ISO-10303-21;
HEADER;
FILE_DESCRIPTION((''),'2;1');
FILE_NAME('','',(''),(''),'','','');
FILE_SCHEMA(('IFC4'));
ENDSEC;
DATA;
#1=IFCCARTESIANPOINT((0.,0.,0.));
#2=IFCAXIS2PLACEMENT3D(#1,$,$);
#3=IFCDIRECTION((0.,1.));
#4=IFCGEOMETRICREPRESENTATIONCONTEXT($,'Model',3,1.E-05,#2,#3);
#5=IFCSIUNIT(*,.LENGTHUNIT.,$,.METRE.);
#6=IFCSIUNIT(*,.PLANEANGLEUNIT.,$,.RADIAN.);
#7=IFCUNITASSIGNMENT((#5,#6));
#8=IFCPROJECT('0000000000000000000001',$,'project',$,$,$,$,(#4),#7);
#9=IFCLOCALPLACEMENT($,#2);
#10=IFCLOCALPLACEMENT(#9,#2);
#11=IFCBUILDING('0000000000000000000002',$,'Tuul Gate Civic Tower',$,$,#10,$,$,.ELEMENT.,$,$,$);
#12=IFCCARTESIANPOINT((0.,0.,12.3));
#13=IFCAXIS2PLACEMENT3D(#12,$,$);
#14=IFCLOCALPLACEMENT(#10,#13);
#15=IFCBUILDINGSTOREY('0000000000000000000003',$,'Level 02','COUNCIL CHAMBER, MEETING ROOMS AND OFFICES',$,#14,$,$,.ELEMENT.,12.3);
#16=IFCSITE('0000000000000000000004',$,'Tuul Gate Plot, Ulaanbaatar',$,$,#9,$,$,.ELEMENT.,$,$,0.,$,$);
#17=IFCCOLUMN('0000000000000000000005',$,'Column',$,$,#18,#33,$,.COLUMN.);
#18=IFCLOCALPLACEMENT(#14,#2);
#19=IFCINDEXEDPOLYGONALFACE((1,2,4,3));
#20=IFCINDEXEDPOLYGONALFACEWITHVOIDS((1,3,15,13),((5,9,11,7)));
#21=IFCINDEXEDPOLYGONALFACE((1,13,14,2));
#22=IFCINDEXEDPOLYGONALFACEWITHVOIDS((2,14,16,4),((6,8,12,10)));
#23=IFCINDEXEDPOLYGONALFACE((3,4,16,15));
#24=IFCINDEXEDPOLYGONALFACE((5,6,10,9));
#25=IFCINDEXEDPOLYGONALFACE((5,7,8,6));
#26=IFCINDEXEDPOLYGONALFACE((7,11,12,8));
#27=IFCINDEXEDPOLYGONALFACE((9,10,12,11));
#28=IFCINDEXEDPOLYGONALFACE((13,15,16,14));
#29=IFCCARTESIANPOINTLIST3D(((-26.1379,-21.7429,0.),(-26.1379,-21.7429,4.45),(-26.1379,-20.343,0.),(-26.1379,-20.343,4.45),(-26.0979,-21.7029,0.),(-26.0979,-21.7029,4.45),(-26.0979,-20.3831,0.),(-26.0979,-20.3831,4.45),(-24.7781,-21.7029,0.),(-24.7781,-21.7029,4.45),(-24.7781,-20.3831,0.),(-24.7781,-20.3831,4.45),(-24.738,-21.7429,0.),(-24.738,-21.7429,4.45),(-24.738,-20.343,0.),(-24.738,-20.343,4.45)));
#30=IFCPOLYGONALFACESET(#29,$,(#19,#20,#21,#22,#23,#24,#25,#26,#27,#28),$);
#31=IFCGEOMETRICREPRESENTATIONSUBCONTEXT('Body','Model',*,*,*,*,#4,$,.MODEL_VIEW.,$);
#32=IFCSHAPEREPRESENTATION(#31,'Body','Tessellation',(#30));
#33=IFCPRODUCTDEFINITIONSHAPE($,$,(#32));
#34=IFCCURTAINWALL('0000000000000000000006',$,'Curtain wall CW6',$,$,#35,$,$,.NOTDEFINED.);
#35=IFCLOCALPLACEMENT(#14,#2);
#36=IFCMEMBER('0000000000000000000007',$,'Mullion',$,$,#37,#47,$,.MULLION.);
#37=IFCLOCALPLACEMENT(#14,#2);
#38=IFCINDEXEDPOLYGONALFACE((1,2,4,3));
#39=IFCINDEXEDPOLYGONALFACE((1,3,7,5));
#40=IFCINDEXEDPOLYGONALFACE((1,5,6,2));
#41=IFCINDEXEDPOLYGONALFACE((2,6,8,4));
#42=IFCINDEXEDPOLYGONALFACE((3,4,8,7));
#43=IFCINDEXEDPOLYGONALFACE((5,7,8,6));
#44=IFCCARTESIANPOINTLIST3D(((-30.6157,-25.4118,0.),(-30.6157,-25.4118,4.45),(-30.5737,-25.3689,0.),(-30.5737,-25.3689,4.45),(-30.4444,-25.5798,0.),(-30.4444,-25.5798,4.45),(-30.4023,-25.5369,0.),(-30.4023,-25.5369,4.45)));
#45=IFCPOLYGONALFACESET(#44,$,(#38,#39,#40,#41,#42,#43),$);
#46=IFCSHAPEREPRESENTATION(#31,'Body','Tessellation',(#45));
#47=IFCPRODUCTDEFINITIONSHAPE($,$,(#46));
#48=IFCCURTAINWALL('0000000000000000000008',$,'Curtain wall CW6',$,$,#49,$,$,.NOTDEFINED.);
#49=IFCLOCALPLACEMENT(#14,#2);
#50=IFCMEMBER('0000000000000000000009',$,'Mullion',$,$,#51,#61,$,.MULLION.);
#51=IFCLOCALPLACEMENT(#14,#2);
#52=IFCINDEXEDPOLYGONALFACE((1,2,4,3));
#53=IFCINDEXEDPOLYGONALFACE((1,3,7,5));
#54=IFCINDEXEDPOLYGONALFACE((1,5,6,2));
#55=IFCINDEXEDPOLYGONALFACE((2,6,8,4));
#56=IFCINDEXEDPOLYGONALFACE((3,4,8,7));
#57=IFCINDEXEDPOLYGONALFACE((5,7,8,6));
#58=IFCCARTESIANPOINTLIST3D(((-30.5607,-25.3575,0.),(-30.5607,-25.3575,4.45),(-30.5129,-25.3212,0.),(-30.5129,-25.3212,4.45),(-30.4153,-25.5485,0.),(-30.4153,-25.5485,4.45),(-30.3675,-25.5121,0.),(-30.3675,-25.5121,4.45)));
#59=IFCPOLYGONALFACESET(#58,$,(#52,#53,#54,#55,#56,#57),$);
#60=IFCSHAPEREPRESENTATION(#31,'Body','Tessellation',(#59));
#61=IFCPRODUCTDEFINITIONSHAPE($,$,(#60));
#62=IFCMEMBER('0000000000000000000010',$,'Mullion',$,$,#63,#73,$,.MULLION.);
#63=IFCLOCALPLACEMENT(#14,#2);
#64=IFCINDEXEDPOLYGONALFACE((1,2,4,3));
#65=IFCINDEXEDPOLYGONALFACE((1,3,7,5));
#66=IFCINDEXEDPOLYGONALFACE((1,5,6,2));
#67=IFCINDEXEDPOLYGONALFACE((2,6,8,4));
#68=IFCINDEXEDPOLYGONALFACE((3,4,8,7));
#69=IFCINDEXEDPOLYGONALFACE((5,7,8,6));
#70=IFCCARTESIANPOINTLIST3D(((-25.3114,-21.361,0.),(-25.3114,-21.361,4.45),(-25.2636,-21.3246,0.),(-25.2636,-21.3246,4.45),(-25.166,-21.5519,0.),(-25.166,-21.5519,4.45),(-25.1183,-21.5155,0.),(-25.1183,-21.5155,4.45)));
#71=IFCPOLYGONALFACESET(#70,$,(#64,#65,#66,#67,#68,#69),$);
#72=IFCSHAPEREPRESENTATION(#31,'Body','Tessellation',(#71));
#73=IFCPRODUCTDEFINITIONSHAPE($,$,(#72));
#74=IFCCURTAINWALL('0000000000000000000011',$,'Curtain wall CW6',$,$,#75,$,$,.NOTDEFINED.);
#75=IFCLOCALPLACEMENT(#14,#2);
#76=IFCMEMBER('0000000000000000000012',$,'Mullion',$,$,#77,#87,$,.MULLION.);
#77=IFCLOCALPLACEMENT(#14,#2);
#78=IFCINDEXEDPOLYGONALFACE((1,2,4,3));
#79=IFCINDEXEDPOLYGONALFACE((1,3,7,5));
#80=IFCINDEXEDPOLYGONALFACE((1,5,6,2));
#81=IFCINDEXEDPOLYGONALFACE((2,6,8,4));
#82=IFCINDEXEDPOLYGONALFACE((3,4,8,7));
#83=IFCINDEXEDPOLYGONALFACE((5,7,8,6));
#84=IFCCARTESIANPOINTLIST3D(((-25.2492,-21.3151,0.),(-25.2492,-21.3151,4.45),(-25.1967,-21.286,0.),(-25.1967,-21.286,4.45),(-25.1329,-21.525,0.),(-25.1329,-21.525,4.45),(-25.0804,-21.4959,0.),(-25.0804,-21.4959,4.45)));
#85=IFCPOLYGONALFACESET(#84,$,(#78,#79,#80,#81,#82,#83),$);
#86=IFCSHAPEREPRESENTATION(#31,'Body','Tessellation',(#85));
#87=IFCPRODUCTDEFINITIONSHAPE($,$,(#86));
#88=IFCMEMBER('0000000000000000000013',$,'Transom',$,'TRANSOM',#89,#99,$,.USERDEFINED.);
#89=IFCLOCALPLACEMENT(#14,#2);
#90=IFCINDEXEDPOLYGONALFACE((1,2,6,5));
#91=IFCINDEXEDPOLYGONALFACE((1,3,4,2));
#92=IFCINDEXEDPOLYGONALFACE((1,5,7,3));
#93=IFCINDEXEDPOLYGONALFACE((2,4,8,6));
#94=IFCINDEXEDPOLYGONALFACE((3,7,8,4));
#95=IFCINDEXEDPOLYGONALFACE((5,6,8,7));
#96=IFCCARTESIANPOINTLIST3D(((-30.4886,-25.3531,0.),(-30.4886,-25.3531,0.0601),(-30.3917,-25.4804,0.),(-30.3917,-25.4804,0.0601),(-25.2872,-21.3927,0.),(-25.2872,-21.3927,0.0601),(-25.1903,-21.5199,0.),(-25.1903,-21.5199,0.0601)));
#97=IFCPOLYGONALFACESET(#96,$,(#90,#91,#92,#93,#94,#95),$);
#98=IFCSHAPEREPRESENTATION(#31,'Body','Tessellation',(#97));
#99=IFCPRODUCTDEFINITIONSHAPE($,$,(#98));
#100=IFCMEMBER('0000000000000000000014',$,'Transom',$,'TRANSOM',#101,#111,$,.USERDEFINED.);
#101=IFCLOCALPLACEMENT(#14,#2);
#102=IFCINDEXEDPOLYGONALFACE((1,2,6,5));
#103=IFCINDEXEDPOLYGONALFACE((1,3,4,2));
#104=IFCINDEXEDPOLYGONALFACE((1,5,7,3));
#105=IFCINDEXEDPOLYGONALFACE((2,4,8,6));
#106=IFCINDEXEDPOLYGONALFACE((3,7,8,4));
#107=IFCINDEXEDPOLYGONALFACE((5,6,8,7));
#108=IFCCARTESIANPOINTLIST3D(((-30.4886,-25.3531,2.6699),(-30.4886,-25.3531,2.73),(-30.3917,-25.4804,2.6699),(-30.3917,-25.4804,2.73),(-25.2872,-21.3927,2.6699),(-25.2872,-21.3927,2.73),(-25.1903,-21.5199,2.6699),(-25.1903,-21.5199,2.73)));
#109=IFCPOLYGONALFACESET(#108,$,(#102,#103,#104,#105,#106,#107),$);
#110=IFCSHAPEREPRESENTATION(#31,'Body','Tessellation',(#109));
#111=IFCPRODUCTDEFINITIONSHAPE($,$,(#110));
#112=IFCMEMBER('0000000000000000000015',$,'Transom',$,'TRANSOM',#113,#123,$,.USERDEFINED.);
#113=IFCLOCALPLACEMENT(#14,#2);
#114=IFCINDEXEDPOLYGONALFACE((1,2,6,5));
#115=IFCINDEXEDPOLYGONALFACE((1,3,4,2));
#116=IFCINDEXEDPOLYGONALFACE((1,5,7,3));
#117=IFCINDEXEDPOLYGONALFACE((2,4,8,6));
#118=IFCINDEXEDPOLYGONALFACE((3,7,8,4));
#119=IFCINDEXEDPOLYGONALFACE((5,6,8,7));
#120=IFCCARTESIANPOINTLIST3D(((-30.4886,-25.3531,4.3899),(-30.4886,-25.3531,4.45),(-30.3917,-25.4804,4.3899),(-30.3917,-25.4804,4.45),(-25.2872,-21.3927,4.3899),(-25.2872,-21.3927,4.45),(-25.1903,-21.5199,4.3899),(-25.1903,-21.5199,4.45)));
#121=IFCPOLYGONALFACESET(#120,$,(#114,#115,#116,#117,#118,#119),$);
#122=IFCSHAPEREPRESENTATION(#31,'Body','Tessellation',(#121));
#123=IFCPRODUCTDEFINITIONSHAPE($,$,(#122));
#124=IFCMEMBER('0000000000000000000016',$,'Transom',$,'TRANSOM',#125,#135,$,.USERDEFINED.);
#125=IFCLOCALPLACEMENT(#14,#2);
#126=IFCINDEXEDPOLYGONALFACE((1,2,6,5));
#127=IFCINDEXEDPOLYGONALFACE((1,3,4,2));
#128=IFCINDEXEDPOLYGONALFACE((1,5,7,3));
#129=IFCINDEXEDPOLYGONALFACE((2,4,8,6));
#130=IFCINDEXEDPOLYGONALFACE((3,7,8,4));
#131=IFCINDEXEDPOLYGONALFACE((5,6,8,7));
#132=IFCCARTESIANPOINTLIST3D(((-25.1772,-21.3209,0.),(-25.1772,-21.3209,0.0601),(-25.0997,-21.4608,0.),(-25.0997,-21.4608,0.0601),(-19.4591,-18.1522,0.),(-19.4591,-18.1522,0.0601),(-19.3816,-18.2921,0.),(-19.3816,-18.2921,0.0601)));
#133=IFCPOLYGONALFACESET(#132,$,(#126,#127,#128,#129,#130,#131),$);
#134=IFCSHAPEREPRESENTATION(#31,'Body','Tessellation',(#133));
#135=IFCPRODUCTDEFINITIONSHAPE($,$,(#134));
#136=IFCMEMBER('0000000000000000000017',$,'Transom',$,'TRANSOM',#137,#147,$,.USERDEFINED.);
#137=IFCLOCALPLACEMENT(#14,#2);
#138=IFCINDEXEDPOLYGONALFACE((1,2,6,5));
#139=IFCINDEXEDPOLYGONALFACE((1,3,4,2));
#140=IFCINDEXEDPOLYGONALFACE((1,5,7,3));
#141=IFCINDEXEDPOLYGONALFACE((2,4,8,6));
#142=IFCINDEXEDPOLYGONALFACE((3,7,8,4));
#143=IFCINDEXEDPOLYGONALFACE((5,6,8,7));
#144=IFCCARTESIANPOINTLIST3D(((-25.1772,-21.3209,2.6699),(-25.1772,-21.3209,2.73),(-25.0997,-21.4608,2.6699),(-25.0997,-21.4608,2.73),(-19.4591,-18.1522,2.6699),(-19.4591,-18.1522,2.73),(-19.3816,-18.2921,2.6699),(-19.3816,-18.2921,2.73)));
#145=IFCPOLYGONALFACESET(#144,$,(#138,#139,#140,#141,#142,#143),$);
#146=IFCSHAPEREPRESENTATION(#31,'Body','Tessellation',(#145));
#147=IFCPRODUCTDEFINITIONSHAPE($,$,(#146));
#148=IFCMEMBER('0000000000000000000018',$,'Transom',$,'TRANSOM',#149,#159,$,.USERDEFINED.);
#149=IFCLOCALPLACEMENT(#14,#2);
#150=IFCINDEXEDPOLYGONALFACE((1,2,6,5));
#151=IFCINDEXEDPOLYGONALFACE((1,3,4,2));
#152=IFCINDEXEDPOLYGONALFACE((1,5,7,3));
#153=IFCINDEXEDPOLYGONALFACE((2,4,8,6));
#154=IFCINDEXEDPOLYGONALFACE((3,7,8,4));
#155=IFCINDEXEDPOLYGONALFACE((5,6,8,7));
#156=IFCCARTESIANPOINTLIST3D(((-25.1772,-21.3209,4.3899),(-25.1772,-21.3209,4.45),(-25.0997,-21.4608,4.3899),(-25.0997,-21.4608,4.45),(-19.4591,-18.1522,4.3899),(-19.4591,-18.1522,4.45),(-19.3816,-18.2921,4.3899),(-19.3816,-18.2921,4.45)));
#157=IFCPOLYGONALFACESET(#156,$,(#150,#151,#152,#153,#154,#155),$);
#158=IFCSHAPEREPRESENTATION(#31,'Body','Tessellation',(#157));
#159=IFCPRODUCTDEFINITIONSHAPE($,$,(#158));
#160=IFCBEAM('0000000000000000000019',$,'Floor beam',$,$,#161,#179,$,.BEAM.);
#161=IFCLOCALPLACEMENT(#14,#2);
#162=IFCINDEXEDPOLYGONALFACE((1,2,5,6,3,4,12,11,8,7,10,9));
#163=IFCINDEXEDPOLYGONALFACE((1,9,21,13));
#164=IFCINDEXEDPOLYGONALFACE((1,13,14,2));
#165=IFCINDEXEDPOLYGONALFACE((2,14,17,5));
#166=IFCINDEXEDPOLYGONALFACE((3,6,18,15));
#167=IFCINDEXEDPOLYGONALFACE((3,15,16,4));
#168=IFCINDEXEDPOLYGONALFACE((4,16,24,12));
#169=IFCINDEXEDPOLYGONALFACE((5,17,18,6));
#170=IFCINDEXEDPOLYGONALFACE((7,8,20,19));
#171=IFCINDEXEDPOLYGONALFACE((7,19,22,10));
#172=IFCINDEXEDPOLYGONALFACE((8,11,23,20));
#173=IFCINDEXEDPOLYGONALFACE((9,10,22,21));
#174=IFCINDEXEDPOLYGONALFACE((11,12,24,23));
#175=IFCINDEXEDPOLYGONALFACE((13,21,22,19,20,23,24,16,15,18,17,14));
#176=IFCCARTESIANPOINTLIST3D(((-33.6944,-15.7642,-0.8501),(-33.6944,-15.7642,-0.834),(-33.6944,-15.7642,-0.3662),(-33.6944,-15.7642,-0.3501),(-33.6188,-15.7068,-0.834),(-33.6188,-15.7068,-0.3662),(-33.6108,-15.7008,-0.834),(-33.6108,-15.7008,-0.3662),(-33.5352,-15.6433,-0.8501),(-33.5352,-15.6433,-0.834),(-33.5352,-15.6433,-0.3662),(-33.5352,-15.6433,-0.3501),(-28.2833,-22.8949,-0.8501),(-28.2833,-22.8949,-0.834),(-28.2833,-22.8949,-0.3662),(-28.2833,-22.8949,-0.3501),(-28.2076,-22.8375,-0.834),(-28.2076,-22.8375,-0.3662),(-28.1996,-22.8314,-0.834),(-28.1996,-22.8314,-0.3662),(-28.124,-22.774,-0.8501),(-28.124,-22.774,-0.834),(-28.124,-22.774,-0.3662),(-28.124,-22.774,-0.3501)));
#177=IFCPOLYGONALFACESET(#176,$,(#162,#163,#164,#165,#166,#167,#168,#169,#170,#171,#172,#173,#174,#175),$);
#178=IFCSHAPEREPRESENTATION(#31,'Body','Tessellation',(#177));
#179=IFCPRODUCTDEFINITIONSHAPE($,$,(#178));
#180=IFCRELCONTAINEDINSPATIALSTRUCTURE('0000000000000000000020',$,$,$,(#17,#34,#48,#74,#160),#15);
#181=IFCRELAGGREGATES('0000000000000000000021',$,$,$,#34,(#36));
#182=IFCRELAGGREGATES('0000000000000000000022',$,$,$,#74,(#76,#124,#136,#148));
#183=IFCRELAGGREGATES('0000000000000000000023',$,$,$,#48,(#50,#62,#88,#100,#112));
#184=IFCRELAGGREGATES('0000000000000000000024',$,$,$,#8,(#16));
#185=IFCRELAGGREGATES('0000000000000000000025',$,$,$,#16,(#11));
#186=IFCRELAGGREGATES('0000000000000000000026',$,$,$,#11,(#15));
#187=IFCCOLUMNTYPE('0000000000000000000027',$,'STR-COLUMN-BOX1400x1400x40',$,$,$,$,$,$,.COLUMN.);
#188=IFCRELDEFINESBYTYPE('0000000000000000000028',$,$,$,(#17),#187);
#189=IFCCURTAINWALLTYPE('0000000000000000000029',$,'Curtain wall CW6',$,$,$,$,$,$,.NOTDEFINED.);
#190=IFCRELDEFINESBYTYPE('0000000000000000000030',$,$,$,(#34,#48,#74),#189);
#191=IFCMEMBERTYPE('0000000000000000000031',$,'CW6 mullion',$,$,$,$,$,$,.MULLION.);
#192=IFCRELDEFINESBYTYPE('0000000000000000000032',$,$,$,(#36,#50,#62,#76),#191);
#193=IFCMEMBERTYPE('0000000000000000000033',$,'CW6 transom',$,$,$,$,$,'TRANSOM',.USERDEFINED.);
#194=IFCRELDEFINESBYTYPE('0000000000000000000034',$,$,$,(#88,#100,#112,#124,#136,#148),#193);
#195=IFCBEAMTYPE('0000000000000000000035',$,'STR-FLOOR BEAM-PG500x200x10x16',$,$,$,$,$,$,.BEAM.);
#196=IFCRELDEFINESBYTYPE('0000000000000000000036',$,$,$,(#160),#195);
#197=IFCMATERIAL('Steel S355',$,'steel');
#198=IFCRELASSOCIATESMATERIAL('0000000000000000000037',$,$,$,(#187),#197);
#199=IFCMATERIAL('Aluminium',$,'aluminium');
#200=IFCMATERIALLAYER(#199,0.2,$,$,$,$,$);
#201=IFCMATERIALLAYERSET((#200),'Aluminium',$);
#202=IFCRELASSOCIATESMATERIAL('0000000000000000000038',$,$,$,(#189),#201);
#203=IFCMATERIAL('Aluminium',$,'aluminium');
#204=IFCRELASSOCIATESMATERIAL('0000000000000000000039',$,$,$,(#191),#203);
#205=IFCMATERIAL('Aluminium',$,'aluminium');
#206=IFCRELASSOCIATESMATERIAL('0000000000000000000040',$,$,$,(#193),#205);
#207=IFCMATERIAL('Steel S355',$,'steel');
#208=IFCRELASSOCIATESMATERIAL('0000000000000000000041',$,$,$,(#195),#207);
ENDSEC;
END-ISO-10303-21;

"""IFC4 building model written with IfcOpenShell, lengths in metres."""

from ifc_helpers import new_model, si_unit, direction, frame, origin, origin_2d, place, context, subcontext, project, spatial, rectangle, hollow_rectangle, i_section, extrude, material, layer, layer_set, material_profile, profile_set, type_object, element, aggregate, save


model = new_model("IFC4")

# Units and contexts
model_context = context("Model", 3, precision=1e-05, world=origin(), true_north=direction((0.0, 1.0)))
body_context = subcontext(model_context, "Body", "Model", "MODEL_VIEW")
ifc_project = project(units=[si_unit("LENGTHUNIT", "METRE"), si_unit("PLANEANGLEUNIT", "RADIAN")], contexts=[model_context])

# Site, building, storey
site_placement = place(None, origin())
site = spatial("IfcSite", under=ifc_project, at=site_placement, Name="Tuul Gate Plot, Ulaanbaatar", CompositionType="ELEMENT", RefElevation=0.0)
building_placement = place(site_placement, origin())
building = spatial("IfcBuilding", under=site, at=building_placement, Name="Tuul Gate Civic Tower", CompositionType="ELEMENT")
storey_placement = place(building_placement, frame((0.0, 0.0, 12.3)))
storey = spatial("IfcBuildingStorey", under=building, at=storey_placement, Name="Level 02", Description="COUNCIL CHAMBER, MEETING ROOMS AND OFFICES", CompositionType="ELEMENT", Elevation=12.3)

# Column
ifc_material_1 = material(Name="Steel S355", Category="steel")
ifc_material_profile_1 = material_profile(ifc_material_1, hollow_rectangle(XDim=1.3999, YDim=1.3999, WallThickness=0.04, at=origin_2d()), Name="BOX1400x1400x40")
ifc_profile_set_1 = profile_set([ifc_material_profile_1], Name="Steel S355")
column_type = type_object("IfcColumnType", Name="STR-COLUMN-BOX1400x1400x40", PredefinedType="COLUMN", material=ifc_profile_set_1)
column_placement = place(storey_placement, frame((-25.438, -21.043, 0.0), z_axis=(0.0, 0.0, 1.0), x_axis=(1.0, 0.0, 0.0)))
element("IfcColumn", 1, at=column_placement, inside=storey, type_object=column_type, Name="Column", PredefinedType="COLUMN", context=body_context, shape_type="SweptSolid", body=[
    extrude(hollow_rectangle(XDim=1.3999, YDim=1.3999, WallThickness=0.04, at=origin_2d()), origin(), (0.0, 0.0, 1.0), 4.45),
])

# Curtain wall, member
ifc_material_2 = material(Name="Aluminium", Category="aluminium")
ifc_layer_1 = layer(ifc_material_2, 0.2)
ifc_layer_set_1 = layer_set([ifc_layer_1], Name="Aluminium")
curtain_wall_type = type_object("IfcCurtainWallType", Name="Curtain wall CW6", PredefinedType="NOTDEFINED", material=ifc_layer_set_1)
curtain_wall_1_placement = place(storey_placement, origin())
curtain_wall_1 = element("IfcCurtainWall", 2, at=curtain_wall_1_placement, inside=storey, type_object=curtain_wall_type, Name="Curtain wall CW6", PredefinedType="NOTDEFINED")
ifc_material_3 = material(Name="Aluminium", Category="aluminium")
ifc_material_profile_2 = material_profile(ifc_material_3, rectangle(XDim=0.24, YDim=0.0601, at=origin_2d()), Name="CW6 mullion")
ifc_profile_set_2 = profile_set([ifc_material_profile_2], Name="Aluminium")
member_type_1 = type_object("IfcMemberType", Name="CW6 mullion", PredefinedType="MULLION", material=ifc_profile_set_2)
member_1_placement = place(storey_placement, frame((-30.509, -25.4744, 0.0), z_axis=(0.0, 0.0, 1.0), x_axis=(-0.714132, 0.700011, 0.0)))
member_1 = element("IfcMember", 3, at=member_1_placement, type_object=member_type_1, Name="Mullion", PredefinedType="MULLION", context=body_context, shape_type="SweptSolid", body=[
    extrude(rectangle(XDim=0.24, YDim=0.0601, at=origin_2d()), origin(), (0.0, 0.0, 1.0), 4.45),
])
aggregate(curtain_wall_1, [member_1])

# Curtain wall, members
curtain_wall_2_placement = place(storey_placement, origin())
curtain_wall_2 = element("IfcCurtainWall", 4, at=curtain_wall_2_placement, inside=storey, type_object=curtain_wall_type, Name="Curtain wall CW6", PredefinedType="NOTDEFINED")
member_2_placement = place(storey_placement, frame((-30.4641, -25.4348, 0.0), z_axis=(0.0, 0.0, 1.0), x_axis=(-0.605776, 0.795635, 0.0)))
member_2 = element("IfcMember", 5, at=member_2_placement, type_object=member_type_1, Name="Mullion", PredefinedType="MULLION", context=body_context, shape_type="SweptSolid", body=[
    extrude(rectangle(XDim=0.24, YDim=0.0601, at=origin_2d()), origin(), (0.0, 0.0, 1.0), 4.45),
])
member_3_placement = place(storey_placement, frame((-25.2148, -21.4382, 0.0), z_axis=(0.0, 0.0, 1.0), x_axis=(-0.605776, 0.795635, 0.0)))
member_3 = element("IfcMember", 6, at=member_3_placement, type_object=member_type_1, Name="Mullion", PredefinedType="MULLION", context=body_context, shape_type="SweptSolid", body=[
    extrude(rectangle(XDim=0.24, YDim=0.0601, at=origin_2d()), origin(), (0.0, 0.0, 1.0), 4.45),
])

# Curtain wall, member
curtain_wall_3_placement = place(storey_placement, origin())
curtain_wall_3 = element("IfcCurtainWall", 7, at=curtain_wall_3_placement, inside=storey, type_object=curtain_wall_type, Name="Curtain wall CW6", PredefinedType="NOTDEFINED")
member_4_placement = place(storey_placement, frame((-25.1648, -21.4055, 0.0), z_axis=(0.0, 0.0, 1.0), x_axis=(-0.484724, 0.874667, 0.0)))
member_4 = element("IfcMember", 8, at=member_4_placement, type_object=member_type_1, Name="Mullion", PredefinedType="MULLION", context=body_context, shape_type="SweptSolid", body=[
    extrude(rectangle(XDim=0.24, YDim=0.0601, at=origin_2d()), origin(), (0.0, 0.0, 1.0), 4.45),
])

# Members
ifc_material_4 = material(Name="Aluminium", Category="aluminium")
ifc_material_profile_3 = material_profile(ifc_material_4, rectangle(XDim=0.1599, YDim=0.0601, at=origin_2d()), Name="CW6 transom")
ifc_profile_set_3 = profile_set([ifc_material_profile_3], Name="Aluminium")
member_type_2 = type_object("IfcMemberType", Name="CW6 transom", ElementType="TRANSOM", PredefinedType="USERDEFINED", material=ifc_profile_set_3)
member_5_placement = place(storey_placement, frame((-30.4402, -25.4167, 0.03), z_axis=(0.795619, 0.605798, 0.0), x_axis=(-0.605798, 0.795619, 0.0)))
member_5 = element("IfcMember", 9, at=member_5_placement, type_object=member_type_2, Name="Transom", ObjectType="TRANSOM", PredefinedType="USERDEFINED", context=body_context, shape_type="SweptSolid", body=[
    extrude(rectangle(XDim=0.1599, YDim=0.0601, at=origin_2d()), origin(), (0.0, 0.0, 1.0), 6.5376),
])
member_6_placement = place(storey_placement, frame((-30.4402, -25.4167, 2.7), z_axis=(0.795619, 0.605798, 0.0), x_axis=(-0.605798, 0.795619, 0.0)))
member_6 = element("IfcMember", 10, at=member_6_placement, type_object=member_type_2, Name="Transom", ObjectType="TRANSOM", PredefinedType="USERDEFINED", context=body_context, shape_type="SweptSolid", body=[
    extrude(rectangle(XDim=0.1599, YDim=0.0601, at=origin_2d()), origin(), (0.0, 0.0, 1.0), 6.5376),
])
member_7_placement = place(storey_placement, frame((-30.4402, -25.4167, 4.4199), z_axis=(0.795619, 0.605798, 0.0), x_axis=(-0.605798, 0.795619, 0.0)))
member_7 = element("IfcMember", 11, at=member_7_placement, type_object=member_type_2, Name="Transom", ObjectType="TRANSOM", PredefinedType="USERDEFINED", context=body_context, shape_type="SweptSolid", body=[
    extrude(rectangle(XDim=0.1599, YDim=0.0601, at=origin_2d()), origin(), (0.0, 0.0, 1.0), 6.5376),
])
member_8_placement = place(storey_placement, frame((-25.1384, -21.3909, 0.03), z_axis=(0.874675, 0.48471, 0.0), x_axis=(-0.48471, 0.874675, 0.0)))
member_8 = element("IfcMember", 12, at=member_8_placement, type_object=member_type_2, Name="Transom", ObjectType="TRANSOM", PredefinedType="USERDEFINED", context=body_context, shape_type="SweptSolid", body=[
    extrude(rectangle(XDim=0.1599, YDim=0.0601, at=origin_2d()), origin(), (0.0, 0.0, 1.0), 6.5374),
])
member_9_placement = place(storey_placement, frame((-25.1384, -21.3909, 2.7), z_axis=(0.874675, 0.48471, 0.0), x_axis=(-0.48471, 0.874675, 0.0)))
member_9 = element("IfcMember", 13, at=member_9_placement, type_object=member_type_2, Name="Transom", ObjectType="TRANSOM", PredefinedType="USERDEFINED", context=body_context, shape_type="SweptSolid", body=[
    extrude(rectangle(XDim=0.1599, YDim=0.0601, at=origin_2d()), origin(), (0.0, 0.0, 1.0), 6.5374),
])
member_10_placement = place(storey_placement, frame((-25.1384, -21.3909, 4.4199), z_axis=(0.874675, 0.48471, 0.0), x_axis=(-0.48471, 0.874675, 0.0)))
member_10 = element("IfcMember", 14, at=member_10_placement, type_object=member_type_2, Name="Transom", ObjectType="TRANSOM", PredefinedType="USERDEFINED", context=body_context, shape_type="SweptSolid", body=[
    extrude(rectangle(XDim=0.1599, YDim=0.0601, at=origin_2d()), origin(), (0.0, 0.0, 1.0), 6.5374),
])
aggregate(curtain_wall_3, [member_4, member_8, member_9, member_10])

# Beam
ifc_material_5 = material(Name="Steel S355", Category="steel")
ifc_material_profile_4 = material_profile(ifc_material_5, i_section(OverallWidth=0.2, OverallDepth=0.5, WebThickness=0.01, FlangeThickness=0.0161, at=origin_2d()), Name="PG500x200x10x16")
ifc_profile_set_4 = profile_set([ifc_material_profile_4], Name="Steel S355")
beam_type_1 = type_object("IfcBeamType", Name="STR-FLOOR BEAM-PG500x200x10x16", PredefinedType="BEAM", material=ifc_profile_set_4)
beam_1_placement = place(storey_placement, frame((-28.2036, -22.8345, -0.6001), z_axis=(-0.604507, 0.7966, 0.0), x_axis=(-0.7966, -0.604507, 0.0)))
element("IfcBeam", 15, at=beam_1_placement, inside=storey, type_object=beam_type_1, Name="Floor beam", PredefinedType="BEAM", context=body_context, shape_type="SweptSolid", body=[
    extrude(i_section(OverallWidth=0.2, OverallDepth=0.5, WebThickness=0.01, FlangeThickness=0.0161, at=origin_2d()), origin(), (0.0, 0.0, 1.0), 8.9514),
])

aggregate(curtain_wall_2, [member_2, member_3, member_5, member_6, member_7])

save(model, "model.ifc")
